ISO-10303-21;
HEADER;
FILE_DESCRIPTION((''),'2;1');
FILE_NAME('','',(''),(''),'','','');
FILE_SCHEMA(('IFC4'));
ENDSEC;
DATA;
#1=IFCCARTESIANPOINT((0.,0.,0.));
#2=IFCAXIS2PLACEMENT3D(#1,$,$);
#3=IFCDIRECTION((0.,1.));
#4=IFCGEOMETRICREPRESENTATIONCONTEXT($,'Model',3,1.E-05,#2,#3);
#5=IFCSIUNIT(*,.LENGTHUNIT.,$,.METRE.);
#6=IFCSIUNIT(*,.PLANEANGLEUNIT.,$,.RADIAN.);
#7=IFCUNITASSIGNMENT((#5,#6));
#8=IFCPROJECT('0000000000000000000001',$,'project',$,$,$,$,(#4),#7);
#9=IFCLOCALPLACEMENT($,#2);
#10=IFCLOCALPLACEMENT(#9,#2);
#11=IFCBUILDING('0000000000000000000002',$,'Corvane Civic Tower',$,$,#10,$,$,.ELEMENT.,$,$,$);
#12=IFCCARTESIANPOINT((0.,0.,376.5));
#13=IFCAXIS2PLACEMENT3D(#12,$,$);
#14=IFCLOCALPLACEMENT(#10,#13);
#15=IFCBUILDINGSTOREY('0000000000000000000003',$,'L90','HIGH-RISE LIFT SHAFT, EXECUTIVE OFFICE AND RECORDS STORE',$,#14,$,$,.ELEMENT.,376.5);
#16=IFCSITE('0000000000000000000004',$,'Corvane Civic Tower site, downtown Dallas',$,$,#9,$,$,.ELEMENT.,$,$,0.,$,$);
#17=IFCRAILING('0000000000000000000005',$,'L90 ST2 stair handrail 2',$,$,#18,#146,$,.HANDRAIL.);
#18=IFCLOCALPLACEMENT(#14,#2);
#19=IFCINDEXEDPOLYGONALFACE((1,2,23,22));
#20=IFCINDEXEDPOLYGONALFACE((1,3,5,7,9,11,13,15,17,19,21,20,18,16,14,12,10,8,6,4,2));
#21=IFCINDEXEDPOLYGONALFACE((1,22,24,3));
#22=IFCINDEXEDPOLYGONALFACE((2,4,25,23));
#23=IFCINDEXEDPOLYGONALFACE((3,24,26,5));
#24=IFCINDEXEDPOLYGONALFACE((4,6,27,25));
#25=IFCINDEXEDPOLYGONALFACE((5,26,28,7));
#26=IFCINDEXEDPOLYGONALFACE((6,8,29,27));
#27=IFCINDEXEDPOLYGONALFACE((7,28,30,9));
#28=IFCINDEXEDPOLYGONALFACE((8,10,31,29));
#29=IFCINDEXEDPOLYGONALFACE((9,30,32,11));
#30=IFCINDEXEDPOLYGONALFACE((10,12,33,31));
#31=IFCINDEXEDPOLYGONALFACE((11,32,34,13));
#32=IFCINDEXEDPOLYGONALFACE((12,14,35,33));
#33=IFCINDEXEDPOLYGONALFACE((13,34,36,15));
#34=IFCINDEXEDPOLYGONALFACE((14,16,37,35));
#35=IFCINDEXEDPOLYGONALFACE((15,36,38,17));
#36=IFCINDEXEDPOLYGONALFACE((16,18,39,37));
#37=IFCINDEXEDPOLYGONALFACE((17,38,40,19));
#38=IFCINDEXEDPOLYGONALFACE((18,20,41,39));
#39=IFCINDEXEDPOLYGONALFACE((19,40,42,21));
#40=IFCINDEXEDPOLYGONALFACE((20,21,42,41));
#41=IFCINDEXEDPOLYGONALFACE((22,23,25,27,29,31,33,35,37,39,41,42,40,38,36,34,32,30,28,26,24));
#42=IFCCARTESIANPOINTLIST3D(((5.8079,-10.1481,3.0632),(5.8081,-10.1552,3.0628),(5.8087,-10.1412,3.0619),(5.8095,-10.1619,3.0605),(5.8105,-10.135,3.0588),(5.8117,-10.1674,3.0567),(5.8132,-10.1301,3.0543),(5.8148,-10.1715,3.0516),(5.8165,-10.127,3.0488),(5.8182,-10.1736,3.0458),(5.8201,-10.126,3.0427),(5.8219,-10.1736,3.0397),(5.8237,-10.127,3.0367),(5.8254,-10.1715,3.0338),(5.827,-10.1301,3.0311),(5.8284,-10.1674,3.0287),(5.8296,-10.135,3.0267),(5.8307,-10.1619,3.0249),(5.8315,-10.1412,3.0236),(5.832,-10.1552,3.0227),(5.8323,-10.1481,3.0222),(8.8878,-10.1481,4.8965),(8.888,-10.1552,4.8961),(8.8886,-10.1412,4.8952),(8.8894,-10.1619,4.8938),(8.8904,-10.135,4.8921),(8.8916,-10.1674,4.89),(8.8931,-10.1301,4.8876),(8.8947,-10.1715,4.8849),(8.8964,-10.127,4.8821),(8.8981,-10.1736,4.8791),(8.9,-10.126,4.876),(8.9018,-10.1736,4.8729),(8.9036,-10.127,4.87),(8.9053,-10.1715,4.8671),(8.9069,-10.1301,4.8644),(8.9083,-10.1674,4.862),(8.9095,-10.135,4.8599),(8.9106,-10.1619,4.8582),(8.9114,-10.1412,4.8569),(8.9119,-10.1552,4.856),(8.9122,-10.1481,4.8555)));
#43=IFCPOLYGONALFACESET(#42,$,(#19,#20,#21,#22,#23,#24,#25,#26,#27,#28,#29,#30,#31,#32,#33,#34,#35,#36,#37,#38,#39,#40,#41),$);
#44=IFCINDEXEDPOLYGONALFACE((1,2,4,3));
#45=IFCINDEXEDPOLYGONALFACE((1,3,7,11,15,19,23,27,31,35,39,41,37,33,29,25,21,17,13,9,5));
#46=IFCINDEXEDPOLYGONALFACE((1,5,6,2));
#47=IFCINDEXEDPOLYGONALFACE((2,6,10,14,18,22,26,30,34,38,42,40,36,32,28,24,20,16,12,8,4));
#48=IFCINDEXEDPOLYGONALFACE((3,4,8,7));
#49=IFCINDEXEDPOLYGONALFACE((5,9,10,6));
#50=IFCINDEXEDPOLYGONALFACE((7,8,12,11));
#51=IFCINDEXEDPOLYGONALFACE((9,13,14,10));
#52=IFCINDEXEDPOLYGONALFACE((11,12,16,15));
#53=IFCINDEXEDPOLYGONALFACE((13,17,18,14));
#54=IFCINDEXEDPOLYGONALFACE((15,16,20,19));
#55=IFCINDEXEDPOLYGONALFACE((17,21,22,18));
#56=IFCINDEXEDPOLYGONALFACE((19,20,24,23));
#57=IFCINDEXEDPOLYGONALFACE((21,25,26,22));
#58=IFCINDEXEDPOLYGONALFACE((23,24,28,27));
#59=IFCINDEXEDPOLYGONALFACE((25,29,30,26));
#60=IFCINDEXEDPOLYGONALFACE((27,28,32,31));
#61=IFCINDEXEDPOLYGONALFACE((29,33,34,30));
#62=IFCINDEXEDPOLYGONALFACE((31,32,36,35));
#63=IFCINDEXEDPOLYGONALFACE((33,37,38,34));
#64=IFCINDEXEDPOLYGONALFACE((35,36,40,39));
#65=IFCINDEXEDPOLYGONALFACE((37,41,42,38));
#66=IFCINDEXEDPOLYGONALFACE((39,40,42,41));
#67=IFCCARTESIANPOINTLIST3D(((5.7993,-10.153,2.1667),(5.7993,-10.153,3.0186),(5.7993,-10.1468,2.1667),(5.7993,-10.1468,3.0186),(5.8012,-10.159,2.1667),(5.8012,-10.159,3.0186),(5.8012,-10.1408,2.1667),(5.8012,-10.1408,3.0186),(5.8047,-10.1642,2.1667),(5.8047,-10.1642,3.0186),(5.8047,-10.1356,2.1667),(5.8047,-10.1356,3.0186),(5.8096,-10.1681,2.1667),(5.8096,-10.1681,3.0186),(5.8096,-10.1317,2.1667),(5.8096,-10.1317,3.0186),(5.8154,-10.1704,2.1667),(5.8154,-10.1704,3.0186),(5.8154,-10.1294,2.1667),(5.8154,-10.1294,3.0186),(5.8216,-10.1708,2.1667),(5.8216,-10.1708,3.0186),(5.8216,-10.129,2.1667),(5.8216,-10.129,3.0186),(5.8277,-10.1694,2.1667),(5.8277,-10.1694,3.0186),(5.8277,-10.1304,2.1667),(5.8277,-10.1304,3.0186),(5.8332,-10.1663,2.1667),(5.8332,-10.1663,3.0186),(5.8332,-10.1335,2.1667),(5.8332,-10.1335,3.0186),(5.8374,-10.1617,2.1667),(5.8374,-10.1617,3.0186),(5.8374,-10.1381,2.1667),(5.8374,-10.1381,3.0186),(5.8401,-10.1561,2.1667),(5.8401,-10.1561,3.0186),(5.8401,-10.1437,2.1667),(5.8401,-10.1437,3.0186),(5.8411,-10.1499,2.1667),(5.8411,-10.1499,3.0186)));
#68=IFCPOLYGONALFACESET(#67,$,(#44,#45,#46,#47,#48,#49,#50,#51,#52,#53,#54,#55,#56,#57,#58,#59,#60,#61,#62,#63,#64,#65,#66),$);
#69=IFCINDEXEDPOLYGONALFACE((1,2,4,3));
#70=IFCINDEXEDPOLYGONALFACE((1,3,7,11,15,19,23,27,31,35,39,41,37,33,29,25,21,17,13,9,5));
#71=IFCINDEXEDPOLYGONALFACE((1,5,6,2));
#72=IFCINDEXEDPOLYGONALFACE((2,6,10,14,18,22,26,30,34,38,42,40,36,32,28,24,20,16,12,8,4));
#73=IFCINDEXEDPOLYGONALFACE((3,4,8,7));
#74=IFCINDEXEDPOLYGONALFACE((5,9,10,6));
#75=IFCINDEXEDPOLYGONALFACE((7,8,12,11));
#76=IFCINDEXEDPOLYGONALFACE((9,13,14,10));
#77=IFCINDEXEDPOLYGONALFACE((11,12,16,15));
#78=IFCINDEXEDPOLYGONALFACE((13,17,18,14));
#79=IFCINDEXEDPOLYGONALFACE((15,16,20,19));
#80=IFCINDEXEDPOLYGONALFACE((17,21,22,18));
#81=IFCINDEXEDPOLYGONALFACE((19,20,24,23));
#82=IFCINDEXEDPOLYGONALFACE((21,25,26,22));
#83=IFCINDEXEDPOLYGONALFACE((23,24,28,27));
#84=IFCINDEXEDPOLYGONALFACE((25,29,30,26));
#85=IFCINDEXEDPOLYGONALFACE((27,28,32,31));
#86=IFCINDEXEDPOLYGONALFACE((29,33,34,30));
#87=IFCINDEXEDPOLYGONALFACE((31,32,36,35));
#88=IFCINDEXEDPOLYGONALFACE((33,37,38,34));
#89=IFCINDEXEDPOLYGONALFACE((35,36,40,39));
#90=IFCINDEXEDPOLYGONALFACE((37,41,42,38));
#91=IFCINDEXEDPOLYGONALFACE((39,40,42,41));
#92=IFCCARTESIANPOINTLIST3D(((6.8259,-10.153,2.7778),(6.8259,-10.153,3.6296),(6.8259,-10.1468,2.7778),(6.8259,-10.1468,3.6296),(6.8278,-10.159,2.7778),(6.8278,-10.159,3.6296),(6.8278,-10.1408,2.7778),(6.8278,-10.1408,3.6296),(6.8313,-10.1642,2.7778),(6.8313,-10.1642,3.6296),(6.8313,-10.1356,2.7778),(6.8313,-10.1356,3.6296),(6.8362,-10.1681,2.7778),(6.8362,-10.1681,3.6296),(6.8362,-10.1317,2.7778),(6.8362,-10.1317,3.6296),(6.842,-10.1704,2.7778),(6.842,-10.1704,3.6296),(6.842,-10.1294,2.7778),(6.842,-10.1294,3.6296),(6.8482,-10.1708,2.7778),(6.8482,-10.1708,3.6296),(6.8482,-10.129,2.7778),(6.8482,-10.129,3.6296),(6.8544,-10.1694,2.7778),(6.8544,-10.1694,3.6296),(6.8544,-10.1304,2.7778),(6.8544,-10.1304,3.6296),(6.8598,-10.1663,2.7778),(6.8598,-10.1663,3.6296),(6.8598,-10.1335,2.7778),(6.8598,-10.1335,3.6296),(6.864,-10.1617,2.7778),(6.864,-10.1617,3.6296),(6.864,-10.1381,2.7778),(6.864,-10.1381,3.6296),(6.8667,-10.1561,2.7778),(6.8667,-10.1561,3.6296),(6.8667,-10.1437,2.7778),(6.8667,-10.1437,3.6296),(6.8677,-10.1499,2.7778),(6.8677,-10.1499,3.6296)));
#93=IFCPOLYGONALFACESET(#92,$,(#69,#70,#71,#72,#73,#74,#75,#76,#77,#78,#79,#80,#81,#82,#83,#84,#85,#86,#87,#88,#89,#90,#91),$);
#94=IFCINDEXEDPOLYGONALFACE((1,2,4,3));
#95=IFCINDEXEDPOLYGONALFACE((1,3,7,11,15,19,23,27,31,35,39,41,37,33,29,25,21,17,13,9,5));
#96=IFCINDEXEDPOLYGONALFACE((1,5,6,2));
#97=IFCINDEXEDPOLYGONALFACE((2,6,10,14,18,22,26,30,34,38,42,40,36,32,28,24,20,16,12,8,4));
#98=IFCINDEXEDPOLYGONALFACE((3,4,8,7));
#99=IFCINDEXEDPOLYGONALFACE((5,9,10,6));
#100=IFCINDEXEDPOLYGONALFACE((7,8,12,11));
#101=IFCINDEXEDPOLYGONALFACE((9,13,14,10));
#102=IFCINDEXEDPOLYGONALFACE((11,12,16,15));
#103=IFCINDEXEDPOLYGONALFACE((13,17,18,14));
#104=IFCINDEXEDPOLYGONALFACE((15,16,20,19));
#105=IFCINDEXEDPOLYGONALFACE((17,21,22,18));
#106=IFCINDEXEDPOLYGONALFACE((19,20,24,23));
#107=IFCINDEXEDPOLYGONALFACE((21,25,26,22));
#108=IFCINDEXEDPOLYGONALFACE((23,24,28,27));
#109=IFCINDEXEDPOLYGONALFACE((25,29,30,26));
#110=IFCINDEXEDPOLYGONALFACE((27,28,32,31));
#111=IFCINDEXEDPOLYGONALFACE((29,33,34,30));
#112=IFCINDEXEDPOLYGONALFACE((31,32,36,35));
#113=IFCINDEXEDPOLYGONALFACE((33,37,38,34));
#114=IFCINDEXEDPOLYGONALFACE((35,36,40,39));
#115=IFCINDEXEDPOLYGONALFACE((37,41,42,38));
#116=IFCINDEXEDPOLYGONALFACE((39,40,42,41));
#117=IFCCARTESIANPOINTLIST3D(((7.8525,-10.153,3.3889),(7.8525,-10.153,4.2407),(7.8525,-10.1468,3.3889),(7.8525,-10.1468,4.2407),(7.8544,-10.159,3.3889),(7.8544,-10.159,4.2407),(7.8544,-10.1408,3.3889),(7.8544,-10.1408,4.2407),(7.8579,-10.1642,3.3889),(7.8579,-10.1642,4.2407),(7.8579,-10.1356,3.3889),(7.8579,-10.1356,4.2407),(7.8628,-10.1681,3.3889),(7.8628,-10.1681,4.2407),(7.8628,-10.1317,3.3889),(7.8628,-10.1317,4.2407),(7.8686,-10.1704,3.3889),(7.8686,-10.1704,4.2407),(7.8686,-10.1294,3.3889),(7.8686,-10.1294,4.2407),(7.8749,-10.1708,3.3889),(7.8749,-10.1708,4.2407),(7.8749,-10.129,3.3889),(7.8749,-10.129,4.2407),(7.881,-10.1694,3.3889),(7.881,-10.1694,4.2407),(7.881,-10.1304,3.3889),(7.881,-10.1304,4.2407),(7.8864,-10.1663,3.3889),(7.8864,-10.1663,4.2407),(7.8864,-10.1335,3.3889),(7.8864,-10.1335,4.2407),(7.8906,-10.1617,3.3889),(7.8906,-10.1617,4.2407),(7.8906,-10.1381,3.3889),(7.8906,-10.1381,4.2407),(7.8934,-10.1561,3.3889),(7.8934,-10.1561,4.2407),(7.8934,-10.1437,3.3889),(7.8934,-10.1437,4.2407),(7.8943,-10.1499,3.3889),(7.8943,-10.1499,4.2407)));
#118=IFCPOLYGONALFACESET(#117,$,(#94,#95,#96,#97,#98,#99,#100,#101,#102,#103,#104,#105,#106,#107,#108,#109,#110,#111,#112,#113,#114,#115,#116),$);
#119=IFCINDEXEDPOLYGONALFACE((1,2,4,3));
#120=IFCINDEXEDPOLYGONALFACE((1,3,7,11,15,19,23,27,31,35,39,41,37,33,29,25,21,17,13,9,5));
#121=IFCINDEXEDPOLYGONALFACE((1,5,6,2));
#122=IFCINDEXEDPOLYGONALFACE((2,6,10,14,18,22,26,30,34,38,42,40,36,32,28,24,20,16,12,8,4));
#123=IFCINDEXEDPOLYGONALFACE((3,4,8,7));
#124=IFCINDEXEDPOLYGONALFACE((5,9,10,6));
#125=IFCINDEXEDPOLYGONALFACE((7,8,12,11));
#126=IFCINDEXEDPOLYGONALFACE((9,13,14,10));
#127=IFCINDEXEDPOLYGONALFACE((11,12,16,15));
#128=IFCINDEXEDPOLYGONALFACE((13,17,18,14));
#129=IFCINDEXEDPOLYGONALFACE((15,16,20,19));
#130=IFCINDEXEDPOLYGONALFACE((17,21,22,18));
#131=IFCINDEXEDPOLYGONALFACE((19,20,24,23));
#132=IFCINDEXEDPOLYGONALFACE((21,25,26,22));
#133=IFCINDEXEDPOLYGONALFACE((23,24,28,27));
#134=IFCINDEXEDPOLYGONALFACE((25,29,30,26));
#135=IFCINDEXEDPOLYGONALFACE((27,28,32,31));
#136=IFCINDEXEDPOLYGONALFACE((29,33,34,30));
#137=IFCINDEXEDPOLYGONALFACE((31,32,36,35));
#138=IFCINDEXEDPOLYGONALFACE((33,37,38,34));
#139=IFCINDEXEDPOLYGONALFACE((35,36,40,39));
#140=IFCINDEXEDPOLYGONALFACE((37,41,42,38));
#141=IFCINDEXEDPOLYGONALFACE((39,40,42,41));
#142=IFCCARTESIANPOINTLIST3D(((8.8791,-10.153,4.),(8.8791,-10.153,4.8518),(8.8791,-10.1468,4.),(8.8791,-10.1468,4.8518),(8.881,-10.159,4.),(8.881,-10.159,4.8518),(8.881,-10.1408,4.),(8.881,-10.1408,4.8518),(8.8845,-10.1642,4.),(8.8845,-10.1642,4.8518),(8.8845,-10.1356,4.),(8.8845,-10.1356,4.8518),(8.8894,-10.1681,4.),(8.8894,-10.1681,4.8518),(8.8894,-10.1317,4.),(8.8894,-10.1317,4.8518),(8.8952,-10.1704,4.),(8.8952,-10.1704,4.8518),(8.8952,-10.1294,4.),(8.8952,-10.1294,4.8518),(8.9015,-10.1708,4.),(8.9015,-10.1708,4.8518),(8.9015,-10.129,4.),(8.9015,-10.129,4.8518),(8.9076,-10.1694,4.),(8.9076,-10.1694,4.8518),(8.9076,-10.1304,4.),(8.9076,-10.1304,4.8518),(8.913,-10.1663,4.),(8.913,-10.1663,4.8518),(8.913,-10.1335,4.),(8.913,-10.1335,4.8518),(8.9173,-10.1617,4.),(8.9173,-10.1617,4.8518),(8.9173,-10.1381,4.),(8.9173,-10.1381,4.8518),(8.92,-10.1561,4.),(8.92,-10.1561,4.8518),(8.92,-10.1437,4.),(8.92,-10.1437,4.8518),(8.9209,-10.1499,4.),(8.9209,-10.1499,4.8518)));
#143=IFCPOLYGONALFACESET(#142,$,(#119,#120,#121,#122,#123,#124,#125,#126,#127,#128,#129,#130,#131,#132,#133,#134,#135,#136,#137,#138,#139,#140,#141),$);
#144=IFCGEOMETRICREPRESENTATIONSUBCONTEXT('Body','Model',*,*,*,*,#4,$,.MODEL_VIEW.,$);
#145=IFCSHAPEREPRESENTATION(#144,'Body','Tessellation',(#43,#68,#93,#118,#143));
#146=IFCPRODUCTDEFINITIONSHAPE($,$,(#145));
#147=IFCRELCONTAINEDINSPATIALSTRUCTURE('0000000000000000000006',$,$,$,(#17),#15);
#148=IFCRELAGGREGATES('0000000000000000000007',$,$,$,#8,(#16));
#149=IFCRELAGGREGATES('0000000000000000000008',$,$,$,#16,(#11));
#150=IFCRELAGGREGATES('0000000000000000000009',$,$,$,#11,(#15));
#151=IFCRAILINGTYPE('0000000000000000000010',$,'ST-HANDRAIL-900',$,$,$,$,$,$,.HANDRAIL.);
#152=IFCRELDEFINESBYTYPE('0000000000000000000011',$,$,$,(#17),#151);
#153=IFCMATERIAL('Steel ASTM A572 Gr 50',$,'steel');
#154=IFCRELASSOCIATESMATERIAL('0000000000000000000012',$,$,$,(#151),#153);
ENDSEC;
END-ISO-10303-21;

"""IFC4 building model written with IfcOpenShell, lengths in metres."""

from ifc_helpers import new_model, si_unit, direction, frame, origin, origin_2d, place, context, subcontext, project, spatial, circle, extrude, material, type_object, element, save


model = new_model("IFC4")

# Units and contexts
model_context = context("Model", 3, precision=1e-05, world=origin(), true_north=direction((0.0, 1.0)))
body_context = subcontext(model_context, "Body", "Model", "MODEL_VIEW")
ifc_project = project(units=[si_unit("LENGTHUNIT", "METRE"), si_unit("PLANEANGLEUNIT", "RADIAN")], contexts=[model_context])

# Site, building, storey
site_placement = place(None, origin())
site = spatial("IfcSite", under=ifc_project, at=site_placement, Name="Corvane Civic Tower site, downtown Dallas", CompositionType="ELEMENT", RefElevation=0.0)
building_placement = place(site_placement, origin())
building = spatial("IfcBuilding", under=site, at=building_placement, Name="Corvane Civic Tower", CompositionType="ELEMENT")
storey_placement = place(building_placement, frame((0.0, 0.0, 376.5)))
storey = spatial("IfcBuildingStorey", under=building, at=storey_placement, Name="L90", Description="HIGH-RISE LIFT SHAFT, EXECUTIVE OFFICE AND RECORDS STORE", CompositionType="ELEMENT", Elevation=376.5)

# Railing
ifc_material_1 = material(Name="Steel ASTM A572 Gr 50", Category="steel")
railing_type = type_object("IfcRailingType", Name="ST-HANDRAIL-900", PredefinedType="HANDRAIL", material=ifc_material_1)
railing_placement = place(storey_placement, frame((5.8201, -10.1499, 2.1667)))
element("IfcRailing", 1, at=railing_placement, inside=storey, type_object=railing_type, Name="L90 ST2 stair handrail 2", PredefinedType="HANDRAIL", context=body_context, shape_type="SweptSolid", body=[
    extrude(circle(Radius=0.0239, at=origin_2d()), frame((0.0, 0.0, 0.876), z_axis=(0.859291, 0.0, 0.511487), x_axis=(0.0, 1.0, 0.0)), (0.0, 0.0, 1.0), 3.5842),
    extrude(circle(Radius=0.021, at=origin_2d()), origin(), (0.0, 0.0, 1.0), 0.8518),
    extrude(circle(Radius=0.021, at=origin_2d()), frame((1.0266, 0.0, 0.6111)), (0.0, 0.0, 1.0), 0.8518),
    extrude(circle(Radius=0.021, at=origin_2d()), frame((2.0532, 0.0, 1.2222)), (0.0, 0.0, 1.0), 0.8518),
    extrude(circle(Radius=0.021, at=origin_2d()), frame((3.0798, 0.0, 1.8333)), (0.0, 0.0, 1.0), 0.8518),
])

save(model, "model.ifc")
